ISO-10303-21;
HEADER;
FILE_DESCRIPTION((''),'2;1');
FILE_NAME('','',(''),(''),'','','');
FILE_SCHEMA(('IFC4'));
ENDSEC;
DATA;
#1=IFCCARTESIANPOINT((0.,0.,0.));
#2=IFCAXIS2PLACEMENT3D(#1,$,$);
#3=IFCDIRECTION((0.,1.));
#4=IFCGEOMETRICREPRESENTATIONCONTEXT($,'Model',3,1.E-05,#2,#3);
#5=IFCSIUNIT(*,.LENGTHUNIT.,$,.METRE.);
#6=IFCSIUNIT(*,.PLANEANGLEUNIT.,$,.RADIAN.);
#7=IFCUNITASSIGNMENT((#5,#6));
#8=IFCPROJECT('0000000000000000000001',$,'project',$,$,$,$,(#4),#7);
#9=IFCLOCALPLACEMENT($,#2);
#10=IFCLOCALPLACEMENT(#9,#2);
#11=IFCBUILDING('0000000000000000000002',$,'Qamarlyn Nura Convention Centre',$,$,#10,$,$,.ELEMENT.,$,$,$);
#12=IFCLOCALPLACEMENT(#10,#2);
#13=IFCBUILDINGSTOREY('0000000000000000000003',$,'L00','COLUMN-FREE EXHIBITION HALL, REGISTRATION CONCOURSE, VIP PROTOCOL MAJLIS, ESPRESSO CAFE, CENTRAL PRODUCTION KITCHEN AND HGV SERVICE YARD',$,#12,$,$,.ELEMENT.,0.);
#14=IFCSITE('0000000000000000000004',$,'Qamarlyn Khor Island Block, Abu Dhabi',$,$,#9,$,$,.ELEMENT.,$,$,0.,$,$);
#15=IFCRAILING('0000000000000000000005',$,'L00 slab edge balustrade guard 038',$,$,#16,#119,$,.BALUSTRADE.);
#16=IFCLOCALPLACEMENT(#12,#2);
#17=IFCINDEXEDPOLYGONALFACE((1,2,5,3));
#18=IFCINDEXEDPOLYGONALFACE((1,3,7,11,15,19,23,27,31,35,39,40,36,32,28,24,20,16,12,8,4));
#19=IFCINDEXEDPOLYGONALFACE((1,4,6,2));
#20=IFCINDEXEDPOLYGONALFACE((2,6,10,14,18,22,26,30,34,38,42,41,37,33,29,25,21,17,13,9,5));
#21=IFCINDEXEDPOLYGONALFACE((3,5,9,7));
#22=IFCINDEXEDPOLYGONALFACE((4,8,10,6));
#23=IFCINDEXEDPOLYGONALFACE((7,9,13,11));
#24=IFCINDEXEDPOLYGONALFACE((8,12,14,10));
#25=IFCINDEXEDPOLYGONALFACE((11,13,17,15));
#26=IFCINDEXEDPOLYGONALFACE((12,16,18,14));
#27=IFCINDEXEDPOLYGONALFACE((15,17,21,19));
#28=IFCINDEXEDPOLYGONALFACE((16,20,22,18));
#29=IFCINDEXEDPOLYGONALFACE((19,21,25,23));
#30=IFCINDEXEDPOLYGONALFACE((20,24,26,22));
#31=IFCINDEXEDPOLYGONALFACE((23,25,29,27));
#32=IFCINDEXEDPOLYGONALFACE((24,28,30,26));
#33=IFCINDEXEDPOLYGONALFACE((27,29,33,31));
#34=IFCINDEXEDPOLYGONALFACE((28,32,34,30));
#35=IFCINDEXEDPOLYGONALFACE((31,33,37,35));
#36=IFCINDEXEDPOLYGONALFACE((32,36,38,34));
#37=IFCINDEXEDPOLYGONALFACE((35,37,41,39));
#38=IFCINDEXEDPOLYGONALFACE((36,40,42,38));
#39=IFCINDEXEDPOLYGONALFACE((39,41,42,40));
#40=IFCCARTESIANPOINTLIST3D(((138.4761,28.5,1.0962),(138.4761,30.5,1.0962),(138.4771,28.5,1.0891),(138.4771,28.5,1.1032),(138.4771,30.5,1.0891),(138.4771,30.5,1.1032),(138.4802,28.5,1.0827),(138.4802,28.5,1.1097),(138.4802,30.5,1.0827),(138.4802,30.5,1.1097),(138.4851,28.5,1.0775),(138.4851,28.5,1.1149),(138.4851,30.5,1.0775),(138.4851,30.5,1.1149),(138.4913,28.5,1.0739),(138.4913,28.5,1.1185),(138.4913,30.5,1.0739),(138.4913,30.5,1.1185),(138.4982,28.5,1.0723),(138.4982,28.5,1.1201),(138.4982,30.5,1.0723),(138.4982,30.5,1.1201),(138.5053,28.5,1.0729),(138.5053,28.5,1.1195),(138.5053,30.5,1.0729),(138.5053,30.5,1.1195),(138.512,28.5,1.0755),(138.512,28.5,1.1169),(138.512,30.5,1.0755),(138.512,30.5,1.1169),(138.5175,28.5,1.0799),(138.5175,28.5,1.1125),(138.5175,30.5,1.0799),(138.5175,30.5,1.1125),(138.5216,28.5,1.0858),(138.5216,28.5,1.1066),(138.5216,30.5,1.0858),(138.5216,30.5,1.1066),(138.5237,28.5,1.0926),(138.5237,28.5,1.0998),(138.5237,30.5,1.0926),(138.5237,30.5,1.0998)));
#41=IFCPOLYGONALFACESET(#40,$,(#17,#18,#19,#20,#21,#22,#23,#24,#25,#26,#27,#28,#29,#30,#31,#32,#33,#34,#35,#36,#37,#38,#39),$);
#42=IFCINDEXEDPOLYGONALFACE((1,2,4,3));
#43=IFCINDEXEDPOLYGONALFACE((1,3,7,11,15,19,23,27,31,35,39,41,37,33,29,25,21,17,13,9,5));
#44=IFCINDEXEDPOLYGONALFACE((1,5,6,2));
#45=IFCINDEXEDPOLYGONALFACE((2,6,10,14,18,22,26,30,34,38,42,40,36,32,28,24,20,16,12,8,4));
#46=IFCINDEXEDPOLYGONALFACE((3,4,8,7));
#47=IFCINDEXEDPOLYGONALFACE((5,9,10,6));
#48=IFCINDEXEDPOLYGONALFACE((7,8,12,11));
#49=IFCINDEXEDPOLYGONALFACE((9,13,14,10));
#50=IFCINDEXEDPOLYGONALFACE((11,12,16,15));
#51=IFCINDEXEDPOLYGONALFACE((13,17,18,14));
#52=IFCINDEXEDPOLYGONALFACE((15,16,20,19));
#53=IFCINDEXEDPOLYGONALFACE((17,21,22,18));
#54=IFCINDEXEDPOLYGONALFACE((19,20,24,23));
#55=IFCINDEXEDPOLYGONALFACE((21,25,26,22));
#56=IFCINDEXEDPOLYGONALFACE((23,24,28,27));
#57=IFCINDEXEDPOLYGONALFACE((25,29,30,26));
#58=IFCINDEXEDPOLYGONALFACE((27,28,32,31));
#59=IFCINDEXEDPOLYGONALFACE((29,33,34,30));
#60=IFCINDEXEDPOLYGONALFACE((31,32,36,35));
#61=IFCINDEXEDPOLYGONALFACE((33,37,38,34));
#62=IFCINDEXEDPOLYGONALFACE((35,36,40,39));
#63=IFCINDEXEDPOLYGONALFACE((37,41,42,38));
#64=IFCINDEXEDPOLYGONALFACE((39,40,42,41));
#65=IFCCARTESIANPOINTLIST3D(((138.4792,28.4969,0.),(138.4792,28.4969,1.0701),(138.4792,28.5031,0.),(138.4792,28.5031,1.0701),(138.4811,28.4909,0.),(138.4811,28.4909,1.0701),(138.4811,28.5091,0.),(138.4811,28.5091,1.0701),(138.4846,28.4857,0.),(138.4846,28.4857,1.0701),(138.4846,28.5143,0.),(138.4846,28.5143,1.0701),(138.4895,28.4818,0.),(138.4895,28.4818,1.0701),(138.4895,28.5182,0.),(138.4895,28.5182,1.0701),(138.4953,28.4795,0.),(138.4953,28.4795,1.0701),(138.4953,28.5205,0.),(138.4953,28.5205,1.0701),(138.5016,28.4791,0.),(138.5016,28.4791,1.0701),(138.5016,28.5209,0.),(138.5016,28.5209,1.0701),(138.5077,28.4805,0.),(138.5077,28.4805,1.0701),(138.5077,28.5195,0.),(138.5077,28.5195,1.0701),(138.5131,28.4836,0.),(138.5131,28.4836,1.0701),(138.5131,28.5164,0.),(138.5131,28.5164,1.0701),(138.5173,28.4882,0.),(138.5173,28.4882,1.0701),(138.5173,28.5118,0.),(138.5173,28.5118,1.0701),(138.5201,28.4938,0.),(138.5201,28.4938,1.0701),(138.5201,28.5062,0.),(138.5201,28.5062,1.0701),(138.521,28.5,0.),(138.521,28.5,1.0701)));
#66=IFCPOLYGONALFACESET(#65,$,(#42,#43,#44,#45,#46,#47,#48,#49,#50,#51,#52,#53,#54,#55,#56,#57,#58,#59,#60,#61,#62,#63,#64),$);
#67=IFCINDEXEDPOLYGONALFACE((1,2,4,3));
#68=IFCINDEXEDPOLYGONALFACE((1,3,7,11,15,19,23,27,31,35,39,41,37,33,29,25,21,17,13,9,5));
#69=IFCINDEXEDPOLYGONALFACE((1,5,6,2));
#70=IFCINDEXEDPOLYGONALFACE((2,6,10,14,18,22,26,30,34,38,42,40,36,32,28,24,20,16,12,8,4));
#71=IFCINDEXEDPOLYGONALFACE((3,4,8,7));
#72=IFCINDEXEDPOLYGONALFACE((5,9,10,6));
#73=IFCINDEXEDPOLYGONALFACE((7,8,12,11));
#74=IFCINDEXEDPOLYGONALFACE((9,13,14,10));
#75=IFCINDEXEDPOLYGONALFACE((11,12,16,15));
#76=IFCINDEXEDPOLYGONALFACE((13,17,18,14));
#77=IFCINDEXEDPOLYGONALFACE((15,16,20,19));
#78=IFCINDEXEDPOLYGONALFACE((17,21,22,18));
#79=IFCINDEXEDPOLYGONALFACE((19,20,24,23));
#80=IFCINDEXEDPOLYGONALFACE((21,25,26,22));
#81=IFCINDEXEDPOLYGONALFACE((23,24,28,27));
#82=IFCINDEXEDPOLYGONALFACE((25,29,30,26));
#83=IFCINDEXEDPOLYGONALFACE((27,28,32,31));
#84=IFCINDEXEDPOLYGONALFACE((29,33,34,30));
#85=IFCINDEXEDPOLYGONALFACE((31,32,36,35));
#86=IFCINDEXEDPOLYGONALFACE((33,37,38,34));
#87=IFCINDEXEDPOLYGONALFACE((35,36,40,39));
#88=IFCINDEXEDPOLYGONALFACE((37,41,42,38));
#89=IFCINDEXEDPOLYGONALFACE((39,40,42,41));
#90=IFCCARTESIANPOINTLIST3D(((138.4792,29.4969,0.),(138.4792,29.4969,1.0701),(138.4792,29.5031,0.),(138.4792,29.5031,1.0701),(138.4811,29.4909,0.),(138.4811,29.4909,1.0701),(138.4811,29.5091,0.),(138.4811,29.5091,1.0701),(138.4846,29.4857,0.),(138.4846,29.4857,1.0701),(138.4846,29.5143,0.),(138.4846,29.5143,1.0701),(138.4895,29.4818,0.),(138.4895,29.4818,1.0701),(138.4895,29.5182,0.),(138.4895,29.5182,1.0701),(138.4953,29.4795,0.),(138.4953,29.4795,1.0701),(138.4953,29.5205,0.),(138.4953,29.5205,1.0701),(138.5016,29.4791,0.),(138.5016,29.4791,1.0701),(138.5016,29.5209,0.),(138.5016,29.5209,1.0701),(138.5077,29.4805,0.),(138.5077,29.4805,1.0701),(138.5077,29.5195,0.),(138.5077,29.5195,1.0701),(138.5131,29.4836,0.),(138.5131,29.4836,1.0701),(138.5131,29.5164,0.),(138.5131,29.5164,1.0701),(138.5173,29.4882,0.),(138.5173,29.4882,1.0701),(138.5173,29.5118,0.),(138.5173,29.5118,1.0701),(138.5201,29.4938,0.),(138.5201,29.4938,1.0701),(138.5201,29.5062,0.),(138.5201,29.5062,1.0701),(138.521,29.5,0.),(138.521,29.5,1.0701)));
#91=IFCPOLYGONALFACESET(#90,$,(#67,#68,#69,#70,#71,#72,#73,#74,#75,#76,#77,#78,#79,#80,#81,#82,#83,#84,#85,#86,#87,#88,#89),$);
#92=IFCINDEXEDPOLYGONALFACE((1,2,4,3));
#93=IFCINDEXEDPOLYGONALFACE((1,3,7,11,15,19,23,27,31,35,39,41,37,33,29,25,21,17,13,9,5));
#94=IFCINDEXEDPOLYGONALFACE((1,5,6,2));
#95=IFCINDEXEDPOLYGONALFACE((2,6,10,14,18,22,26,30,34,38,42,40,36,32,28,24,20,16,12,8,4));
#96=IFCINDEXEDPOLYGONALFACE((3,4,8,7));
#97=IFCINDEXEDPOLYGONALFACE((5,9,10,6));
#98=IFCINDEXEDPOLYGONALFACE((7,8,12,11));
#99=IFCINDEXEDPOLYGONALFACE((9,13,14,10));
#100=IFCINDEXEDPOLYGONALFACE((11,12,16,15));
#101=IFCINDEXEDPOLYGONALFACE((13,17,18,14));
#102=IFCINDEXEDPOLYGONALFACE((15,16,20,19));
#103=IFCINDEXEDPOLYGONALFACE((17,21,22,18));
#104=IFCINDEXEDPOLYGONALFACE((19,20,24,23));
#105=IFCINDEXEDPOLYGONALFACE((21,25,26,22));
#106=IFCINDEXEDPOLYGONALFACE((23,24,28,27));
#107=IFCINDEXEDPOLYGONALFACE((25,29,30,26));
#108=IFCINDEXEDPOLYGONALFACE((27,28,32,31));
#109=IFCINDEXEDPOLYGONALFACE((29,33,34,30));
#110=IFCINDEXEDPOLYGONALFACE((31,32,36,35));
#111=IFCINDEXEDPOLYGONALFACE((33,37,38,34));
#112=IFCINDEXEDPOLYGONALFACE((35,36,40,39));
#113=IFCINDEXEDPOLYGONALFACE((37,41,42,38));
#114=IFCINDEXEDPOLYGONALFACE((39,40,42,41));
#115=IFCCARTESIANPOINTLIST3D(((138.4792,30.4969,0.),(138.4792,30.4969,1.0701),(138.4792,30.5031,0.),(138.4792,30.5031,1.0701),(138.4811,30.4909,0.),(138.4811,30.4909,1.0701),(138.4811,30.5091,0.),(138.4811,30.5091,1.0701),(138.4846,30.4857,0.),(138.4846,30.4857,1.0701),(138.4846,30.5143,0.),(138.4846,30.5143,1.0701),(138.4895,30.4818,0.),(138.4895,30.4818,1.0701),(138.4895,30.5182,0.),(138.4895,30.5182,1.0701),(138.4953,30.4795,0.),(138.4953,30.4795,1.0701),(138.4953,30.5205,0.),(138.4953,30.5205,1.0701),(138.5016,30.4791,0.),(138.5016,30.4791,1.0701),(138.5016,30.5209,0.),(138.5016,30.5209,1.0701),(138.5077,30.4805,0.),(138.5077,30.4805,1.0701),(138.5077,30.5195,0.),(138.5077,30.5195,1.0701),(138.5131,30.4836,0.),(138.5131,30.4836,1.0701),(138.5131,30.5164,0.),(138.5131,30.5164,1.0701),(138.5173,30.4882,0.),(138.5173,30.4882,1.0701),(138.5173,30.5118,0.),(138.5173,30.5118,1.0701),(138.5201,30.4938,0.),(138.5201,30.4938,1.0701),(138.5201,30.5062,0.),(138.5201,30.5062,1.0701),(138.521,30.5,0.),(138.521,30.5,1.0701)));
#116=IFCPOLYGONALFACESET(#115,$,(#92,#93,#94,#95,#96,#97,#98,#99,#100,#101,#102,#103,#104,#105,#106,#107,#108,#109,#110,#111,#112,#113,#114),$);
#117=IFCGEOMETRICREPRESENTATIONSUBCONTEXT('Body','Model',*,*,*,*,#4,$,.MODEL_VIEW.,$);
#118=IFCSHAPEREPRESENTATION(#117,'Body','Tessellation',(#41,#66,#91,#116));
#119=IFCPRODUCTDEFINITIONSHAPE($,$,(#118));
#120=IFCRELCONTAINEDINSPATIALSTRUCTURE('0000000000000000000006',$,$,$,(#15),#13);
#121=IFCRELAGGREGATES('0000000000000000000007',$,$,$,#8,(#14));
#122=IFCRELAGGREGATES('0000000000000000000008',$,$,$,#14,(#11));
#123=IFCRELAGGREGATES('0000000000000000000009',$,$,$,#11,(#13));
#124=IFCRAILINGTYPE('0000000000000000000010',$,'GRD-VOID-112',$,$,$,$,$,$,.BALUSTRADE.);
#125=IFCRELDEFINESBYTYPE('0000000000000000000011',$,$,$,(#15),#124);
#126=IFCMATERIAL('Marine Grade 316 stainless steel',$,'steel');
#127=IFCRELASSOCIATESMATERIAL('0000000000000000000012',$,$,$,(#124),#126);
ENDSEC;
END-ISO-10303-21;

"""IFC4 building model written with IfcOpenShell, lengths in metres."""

from ifc_helpers import new_model, si_unit, direction, frame, origin, origin_2d, place, context, subcontext, project, spatial, circle, extrude, material, type_object, element, save


model = new_model("IFC4")

# Units and contexts
model_context = context("Model", 3, precision=1e-05, world=origin(), true_north=direction((0.0, 1.0)))
body_context = subcontext(model_context, "Body", "Model", "MODEL_VIEW")
ifc_project = project(units=[si_unit("LENGTHUNIT", "METRE"), si_unit("PLANEANGLEUNIT", "RADIAN")], contexts=[model_context])

# Site, building, storey
site_placement = place(None, origin())
site = spatial("IfcSite", under=ifc_project, at=site_placement, Name="Qamarlyn Khor Island Block, Abu Dhabi", CompositionType="ELEMENT", RefElevation=0.0)
building_placement = place(site_placement, origin())
building = spatial("IfcBuilding", under=site, at=building_placement, Name="Qamarlyn Nura Convention Centre", CompositionType="ELEMENT")
storey_placement = place(building_placement, origin())
storey = spatial("IfcBuildingStorey", under=building, at=storey_placement, Name="L00", Description="COLUMN-FREE EXHIBITION HALL, REGISTRATION CONCOURSE, VIP PROTOCOL MAJLIS, ESPRESSO CAFE, CENTRAL PRODUCTION KITCHEN AND HGV SERVICE YARD", CompositionType="ELEMENT", Elevation=0.0)

# Railing
ifc_material_1 = material(Name="Marine Grade 316 stainless steel", Category="steel")
railing_type = type_object("IfcRailingType", Name="GRD-VOID-112", PredefinedType="BALUSTRADE", material=ifc_material_1)
railing_1_placement = place(storey_placement, frame((138.5, 28.5, 0.0)))
element("IfcRailing", 1, at=railing_1_placement, inside=storey, type_object=railing_type, Name="L00 slab edge balustrade guard 038", PredefinedType="BALUSTRADE", context=body_context, shape_type="SweptSolid", body=[
    extrude(circle(Radius=0.0239, at=origin_2d()), frame((0.0, 0.0, 1.0962), z_axis=(0.0, 1.0, 0.0), x_axis=(-1.0, 0.0, 0.0)), (0.0, 0.0, 1.0), 2.0),
    extrude(circle(Radius=0.021, at=origin_2d()), origin(), (0.0, 0.0, 1.0), 1.0701),
    extrude(circle(Radius=0.021, at=origin_2d()), frame((0.0, 1.0, 0.0)), (0.0, 0.0, 1.0), 1.0701),
    extrude(circle(Radius=0.021, at=origin_2d()), frame((0.0, 2.0, 0.0)), (0.0, 0.0, 1.0), 1.0701),
])

save(model, "model.ifc")
